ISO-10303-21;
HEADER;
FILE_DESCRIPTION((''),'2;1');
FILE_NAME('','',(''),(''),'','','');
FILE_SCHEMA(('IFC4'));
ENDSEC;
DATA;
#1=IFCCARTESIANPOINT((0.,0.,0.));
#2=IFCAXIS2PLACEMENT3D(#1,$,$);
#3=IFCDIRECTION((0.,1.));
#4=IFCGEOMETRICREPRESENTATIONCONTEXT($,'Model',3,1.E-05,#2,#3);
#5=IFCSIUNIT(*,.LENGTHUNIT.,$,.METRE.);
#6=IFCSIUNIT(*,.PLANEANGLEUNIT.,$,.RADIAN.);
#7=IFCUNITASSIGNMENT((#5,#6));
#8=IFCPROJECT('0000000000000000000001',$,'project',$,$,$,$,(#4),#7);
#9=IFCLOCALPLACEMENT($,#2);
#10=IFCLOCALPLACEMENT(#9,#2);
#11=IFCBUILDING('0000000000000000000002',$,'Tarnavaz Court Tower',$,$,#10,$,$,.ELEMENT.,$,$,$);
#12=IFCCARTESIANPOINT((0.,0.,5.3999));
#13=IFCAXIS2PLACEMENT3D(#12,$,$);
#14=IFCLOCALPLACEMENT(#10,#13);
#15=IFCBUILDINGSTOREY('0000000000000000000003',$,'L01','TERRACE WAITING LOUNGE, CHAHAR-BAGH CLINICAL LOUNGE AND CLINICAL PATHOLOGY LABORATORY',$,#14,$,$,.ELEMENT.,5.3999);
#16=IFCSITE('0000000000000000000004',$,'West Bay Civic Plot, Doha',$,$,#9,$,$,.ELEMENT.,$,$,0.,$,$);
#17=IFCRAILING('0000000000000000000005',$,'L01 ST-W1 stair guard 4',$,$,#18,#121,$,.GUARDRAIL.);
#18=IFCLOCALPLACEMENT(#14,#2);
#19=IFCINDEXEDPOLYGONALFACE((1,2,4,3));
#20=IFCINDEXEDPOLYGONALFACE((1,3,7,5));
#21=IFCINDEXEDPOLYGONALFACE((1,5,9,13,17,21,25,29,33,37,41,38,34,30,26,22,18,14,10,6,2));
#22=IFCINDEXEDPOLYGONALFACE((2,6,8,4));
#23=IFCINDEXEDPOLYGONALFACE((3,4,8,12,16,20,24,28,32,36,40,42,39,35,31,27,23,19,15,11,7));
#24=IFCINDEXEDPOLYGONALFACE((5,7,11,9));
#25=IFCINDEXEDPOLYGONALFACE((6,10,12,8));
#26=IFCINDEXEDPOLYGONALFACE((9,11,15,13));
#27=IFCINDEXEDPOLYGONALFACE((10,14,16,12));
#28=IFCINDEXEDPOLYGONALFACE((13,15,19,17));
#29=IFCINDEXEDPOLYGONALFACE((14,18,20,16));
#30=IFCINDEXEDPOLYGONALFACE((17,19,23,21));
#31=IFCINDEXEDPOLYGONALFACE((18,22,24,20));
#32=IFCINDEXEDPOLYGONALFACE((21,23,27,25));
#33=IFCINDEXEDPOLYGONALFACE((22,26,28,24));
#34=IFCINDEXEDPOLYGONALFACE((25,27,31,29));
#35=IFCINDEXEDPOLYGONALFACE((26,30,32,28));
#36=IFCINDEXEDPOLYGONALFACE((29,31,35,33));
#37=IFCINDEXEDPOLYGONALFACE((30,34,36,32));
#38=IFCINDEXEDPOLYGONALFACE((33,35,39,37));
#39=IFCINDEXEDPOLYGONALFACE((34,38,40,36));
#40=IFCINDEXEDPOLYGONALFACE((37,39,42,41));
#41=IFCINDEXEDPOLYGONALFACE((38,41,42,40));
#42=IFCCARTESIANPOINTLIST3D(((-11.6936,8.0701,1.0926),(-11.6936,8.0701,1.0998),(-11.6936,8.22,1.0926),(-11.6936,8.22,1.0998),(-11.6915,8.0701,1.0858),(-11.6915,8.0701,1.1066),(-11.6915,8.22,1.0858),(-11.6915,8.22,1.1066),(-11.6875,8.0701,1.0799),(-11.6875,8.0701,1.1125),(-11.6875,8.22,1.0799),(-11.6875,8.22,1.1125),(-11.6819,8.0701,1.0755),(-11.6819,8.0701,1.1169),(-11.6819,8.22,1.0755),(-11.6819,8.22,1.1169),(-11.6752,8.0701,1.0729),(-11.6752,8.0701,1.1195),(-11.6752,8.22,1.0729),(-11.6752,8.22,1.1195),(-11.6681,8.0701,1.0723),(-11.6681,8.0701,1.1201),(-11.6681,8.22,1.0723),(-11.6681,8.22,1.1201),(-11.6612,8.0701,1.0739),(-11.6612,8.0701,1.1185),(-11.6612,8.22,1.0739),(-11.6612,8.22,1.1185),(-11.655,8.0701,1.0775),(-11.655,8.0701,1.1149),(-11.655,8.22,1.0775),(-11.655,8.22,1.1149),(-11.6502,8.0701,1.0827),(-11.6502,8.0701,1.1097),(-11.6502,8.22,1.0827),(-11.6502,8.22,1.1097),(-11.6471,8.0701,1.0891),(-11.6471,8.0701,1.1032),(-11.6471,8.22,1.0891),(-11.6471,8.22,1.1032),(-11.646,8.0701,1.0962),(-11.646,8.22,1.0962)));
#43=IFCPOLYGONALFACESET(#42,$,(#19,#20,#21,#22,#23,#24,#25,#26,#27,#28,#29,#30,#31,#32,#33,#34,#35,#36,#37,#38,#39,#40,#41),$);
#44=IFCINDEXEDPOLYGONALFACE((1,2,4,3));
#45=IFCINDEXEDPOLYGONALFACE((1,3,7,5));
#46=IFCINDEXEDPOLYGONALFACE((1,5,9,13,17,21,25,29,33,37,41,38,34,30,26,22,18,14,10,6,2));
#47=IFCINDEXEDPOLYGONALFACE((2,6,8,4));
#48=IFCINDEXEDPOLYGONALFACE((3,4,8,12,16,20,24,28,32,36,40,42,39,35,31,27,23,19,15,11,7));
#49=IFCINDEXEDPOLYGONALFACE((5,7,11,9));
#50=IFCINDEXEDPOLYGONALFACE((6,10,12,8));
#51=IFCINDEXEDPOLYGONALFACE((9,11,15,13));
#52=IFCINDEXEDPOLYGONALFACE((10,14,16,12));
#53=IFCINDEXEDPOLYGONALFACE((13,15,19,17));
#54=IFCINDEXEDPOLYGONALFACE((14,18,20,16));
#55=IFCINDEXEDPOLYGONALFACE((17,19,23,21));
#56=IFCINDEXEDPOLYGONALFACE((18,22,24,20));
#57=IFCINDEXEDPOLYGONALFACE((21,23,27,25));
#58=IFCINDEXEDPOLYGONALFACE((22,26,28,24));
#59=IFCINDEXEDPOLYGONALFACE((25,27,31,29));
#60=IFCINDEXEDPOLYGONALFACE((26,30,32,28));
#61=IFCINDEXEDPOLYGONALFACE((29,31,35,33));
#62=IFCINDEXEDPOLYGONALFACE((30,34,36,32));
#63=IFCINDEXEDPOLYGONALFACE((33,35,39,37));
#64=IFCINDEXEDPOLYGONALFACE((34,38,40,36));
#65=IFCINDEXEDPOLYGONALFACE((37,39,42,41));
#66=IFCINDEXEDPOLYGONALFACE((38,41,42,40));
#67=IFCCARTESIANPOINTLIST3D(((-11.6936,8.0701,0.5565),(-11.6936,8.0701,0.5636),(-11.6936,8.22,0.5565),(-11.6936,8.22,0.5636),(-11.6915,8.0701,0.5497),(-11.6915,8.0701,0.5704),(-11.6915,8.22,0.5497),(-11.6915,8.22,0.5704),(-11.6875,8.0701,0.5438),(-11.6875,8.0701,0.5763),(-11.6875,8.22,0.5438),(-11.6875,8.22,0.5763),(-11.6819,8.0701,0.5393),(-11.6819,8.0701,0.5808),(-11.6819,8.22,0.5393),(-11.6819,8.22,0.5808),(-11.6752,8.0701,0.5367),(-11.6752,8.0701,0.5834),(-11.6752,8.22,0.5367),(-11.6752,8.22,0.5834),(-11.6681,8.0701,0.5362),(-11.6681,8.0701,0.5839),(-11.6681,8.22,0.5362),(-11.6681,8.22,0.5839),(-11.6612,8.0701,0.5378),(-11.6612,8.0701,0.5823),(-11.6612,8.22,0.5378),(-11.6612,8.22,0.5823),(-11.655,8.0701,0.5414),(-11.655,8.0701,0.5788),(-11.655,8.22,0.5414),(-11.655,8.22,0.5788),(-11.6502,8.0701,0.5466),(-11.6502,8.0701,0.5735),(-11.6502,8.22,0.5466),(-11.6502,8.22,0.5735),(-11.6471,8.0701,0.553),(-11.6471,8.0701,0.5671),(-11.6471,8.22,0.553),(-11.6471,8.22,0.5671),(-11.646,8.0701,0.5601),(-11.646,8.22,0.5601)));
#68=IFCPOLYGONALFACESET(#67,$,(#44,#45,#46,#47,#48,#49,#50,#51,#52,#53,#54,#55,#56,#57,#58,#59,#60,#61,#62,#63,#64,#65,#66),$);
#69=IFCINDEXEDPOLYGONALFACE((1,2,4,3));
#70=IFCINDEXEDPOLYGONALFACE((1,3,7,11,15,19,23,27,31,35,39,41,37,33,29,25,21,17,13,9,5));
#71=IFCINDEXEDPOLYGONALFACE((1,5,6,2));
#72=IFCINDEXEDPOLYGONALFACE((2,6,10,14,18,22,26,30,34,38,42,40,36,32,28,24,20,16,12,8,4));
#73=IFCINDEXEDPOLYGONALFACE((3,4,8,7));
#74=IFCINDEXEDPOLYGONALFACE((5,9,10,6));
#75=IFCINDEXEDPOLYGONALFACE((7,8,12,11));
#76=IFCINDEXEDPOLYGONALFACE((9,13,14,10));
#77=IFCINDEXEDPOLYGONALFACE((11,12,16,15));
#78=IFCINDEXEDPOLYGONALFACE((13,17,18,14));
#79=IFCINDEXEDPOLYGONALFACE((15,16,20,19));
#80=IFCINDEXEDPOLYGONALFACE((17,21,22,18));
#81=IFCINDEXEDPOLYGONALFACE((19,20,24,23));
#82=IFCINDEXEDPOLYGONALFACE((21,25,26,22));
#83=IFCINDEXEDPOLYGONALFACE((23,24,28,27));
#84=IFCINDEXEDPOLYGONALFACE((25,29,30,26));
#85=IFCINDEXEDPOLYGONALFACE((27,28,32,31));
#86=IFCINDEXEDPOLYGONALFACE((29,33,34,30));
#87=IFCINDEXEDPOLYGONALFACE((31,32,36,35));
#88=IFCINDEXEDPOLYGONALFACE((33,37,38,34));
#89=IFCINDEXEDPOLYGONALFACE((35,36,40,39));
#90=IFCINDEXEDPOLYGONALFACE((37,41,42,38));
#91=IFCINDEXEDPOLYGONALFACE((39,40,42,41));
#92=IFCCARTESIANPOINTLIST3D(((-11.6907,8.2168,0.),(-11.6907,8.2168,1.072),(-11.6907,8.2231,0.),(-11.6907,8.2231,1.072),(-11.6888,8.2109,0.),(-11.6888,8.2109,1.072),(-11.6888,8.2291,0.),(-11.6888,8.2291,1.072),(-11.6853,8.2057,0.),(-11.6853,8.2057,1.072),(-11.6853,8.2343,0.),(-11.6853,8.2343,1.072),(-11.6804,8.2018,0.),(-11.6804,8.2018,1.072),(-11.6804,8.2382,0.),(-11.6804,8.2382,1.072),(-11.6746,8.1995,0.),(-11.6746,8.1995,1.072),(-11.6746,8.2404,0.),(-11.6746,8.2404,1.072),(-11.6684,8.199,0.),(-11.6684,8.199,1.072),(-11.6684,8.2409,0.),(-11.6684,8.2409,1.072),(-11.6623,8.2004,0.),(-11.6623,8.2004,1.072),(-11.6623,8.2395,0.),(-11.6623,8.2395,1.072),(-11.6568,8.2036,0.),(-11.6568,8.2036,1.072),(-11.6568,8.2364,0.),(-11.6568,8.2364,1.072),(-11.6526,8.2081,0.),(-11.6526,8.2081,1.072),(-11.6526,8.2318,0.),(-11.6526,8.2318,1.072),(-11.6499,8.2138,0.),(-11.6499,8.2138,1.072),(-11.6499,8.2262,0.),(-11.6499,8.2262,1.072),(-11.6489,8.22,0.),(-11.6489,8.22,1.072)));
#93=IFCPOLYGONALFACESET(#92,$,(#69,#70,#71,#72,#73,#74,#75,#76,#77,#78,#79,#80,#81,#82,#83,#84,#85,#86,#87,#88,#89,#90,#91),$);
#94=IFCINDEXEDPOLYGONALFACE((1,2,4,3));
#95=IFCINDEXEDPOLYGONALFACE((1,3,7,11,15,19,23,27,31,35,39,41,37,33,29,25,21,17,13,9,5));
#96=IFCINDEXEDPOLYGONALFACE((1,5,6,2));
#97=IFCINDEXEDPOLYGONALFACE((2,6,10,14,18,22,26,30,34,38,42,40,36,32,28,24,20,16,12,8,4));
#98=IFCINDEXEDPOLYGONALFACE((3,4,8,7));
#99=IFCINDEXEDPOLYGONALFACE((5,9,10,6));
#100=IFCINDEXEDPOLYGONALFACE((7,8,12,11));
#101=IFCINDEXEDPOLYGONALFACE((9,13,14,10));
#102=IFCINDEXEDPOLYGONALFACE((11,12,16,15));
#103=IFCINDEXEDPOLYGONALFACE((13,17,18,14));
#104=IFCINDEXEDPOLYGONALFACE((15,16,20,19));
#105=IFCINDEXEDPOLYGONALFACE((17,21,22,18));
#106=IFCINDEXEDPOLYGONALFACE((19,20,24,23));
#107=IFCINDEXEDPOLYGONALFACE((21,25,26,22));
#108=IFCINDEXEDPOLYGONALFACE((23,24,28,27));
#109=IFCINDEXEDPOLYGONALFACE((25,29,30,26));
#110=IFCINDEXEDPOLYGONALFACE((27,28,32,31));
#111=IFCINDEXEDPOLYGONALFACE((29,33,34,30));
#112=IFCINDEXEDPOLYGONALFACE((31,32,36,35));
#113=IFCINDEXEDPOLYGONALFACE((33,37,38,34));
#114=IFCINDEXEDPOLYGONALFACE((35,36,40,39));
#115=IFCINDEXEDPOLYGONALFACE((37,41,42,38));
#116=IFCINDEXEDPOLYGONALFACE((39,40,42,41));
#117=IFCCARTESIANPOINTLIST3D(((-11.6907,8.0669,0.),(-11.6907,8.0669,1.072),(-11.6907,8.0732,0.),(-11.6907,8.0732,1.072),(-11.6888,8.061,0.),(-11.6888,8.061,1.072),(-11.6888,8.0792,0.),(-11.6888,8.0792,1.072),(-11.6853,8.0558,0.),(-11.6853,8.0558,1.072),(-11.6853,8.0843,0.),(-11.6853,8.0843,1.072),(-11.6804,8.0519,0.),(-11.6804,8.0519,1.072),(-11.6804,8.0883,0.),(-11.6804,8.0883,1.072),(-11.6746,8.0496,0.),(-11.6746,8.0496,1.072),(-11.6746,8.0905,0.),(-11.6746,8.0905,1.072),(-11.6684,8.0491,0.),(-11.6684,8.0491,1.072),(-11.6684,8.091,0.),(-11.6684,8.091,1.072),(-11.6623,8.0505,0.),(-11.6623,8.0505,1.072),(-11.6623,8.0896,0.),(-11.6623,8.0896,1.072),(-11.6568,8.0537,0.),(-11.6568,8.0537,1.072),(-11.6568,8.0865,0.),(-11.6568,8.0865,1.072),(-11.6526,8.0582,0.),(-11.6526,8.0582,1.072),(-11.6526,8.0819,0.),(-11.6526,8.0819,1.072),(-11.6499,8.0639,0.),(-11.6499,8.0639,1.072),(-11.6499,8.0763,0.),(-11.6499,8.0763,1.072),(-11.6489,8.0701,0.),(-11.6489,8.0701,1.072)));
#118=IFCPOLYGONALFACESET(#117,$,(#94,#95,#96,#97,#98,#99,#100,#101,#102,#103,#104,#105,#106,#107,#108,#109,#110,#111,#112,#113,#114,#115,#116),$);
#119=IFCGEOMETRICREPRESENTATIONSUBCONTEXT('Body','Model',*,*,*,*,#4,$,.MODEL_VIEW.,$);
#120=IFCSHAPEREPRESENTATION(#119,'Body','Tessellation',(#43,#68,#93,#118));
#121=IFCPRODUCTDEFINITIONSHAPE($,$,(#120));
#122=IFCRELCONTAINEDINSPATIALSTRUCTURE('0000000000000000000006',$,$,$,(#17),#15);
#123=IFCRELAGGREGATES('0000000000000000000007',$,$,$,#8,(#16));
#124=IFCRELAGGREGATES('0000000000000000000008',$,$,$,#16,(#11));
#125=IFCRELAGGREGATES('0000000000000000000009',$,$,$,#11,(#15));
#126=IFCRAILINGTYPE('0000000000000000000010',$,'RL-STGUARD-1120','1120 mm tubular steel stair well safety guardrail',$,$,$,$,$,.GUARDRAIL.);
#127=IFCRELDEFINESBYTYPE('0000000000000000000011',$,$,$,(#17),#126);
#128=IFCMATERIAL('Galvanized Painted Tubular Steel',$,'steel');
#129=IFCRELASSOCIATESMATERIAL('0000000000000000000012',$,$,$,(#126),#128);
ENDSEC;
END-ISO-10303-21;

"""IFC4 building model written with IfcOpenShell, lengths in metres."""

from ifc_helpers import new_model, si_unit, direction, frame, origin, origin_2d, place, context, subcontext, project, spatial, circle, extrude, material, type_object, element, save


model = new_model("IFC4")

# Units and contexts
model_context = context("Model", 3, precision=1e-05, world=origin(), true_north=direction((0.0, 1.0)))
body_context = subcontext(model_context, "Body", "Model", "MODEL_VIEW")
ifc_project = project(units=[si_unit("LENGTHUNIT", "METRE"), si_unit("PLANEANGLEUNIT", "RADIAN")], contexts=[model_context])

# Site, building, storey
site_placement = place(None, origin())
site = spatial("IfcSite", under=ifc_project, at=site_placement, Name="West Bay Civic Plot, Doha", CompositionType="ELEMENT", RefElevation=0.0)
building_placement = place(site_placement, origin())
building = spatial("IfcBuilding", under=site, at=building_placement, Name="Tarnavaz Court Tower", CompositionType="ELEMENT")
storey_placement = place(building_placement, frame((0.0, 0.0, 5.3999)))
storey = spatial("IfcBuildingStorey", under=building, at=storey_placement, Name="L01", Description="TERRACE WAITING LOUNGE, CHAHAR-BAGH CLINICAL LOUNGE AND CLINICAL PATHOLOGY LABORATORY", CompositionType="ELEMENT", Elevation=5.3999)

# Railing
ifc_material_1 = material(Name="Galvanized Painted Tubular Steel", Category="steel")
railing_type_1 = type_object("IfcRailingType", Name="RL-STGUARD-1120", Description="1120 mm tubular steel stair well safety guardrail", PredefinedType="GUARDRAIL", material=ifc_material_1)
railing_1_placement = place(storey_placement, frame((-11.6699, 8.22, 0.0)))
element("IfcRailing", 1, at=railing_1_placement, inside=storey, type_object=railing_type_1, Name="L01 ST-W1 stair guard 4", PredefinedType="GUARDRAIL", context=body_context, shape_type="SweptSolid", body=[
    extrude(circle(Radius=0.0239, at=origin_2d()), frame((0.0, 0.0, 1.0962), z_axis=(0.0, -1.0, 0.0), x_axis=(1.0, 0.0, 0.0)), (0.0, 0.0, 1.0), 0.1499),
    extrude(circle(Radius=0.0239, at=origin_2d()), frame((0.0, 0.0, 0.5601), z_axis=(0.0, -1.0, 0.0), x_axis=(1.0, 0.0, 0.0)), (0.0, 0.0, 1.0), 0.1499),
    extrude(circle(Radius=0.021, at=origin_2d()), origin(), (0.0, 0.0, 1.0), 1.072),
    extrude(circle(Radius=0.021, at=origin_2d()), frame((0.0, -0.1499, 0.0)), (0.0, 0.0, 1.0), 1.072),
])

save(model, "model.ifc")
